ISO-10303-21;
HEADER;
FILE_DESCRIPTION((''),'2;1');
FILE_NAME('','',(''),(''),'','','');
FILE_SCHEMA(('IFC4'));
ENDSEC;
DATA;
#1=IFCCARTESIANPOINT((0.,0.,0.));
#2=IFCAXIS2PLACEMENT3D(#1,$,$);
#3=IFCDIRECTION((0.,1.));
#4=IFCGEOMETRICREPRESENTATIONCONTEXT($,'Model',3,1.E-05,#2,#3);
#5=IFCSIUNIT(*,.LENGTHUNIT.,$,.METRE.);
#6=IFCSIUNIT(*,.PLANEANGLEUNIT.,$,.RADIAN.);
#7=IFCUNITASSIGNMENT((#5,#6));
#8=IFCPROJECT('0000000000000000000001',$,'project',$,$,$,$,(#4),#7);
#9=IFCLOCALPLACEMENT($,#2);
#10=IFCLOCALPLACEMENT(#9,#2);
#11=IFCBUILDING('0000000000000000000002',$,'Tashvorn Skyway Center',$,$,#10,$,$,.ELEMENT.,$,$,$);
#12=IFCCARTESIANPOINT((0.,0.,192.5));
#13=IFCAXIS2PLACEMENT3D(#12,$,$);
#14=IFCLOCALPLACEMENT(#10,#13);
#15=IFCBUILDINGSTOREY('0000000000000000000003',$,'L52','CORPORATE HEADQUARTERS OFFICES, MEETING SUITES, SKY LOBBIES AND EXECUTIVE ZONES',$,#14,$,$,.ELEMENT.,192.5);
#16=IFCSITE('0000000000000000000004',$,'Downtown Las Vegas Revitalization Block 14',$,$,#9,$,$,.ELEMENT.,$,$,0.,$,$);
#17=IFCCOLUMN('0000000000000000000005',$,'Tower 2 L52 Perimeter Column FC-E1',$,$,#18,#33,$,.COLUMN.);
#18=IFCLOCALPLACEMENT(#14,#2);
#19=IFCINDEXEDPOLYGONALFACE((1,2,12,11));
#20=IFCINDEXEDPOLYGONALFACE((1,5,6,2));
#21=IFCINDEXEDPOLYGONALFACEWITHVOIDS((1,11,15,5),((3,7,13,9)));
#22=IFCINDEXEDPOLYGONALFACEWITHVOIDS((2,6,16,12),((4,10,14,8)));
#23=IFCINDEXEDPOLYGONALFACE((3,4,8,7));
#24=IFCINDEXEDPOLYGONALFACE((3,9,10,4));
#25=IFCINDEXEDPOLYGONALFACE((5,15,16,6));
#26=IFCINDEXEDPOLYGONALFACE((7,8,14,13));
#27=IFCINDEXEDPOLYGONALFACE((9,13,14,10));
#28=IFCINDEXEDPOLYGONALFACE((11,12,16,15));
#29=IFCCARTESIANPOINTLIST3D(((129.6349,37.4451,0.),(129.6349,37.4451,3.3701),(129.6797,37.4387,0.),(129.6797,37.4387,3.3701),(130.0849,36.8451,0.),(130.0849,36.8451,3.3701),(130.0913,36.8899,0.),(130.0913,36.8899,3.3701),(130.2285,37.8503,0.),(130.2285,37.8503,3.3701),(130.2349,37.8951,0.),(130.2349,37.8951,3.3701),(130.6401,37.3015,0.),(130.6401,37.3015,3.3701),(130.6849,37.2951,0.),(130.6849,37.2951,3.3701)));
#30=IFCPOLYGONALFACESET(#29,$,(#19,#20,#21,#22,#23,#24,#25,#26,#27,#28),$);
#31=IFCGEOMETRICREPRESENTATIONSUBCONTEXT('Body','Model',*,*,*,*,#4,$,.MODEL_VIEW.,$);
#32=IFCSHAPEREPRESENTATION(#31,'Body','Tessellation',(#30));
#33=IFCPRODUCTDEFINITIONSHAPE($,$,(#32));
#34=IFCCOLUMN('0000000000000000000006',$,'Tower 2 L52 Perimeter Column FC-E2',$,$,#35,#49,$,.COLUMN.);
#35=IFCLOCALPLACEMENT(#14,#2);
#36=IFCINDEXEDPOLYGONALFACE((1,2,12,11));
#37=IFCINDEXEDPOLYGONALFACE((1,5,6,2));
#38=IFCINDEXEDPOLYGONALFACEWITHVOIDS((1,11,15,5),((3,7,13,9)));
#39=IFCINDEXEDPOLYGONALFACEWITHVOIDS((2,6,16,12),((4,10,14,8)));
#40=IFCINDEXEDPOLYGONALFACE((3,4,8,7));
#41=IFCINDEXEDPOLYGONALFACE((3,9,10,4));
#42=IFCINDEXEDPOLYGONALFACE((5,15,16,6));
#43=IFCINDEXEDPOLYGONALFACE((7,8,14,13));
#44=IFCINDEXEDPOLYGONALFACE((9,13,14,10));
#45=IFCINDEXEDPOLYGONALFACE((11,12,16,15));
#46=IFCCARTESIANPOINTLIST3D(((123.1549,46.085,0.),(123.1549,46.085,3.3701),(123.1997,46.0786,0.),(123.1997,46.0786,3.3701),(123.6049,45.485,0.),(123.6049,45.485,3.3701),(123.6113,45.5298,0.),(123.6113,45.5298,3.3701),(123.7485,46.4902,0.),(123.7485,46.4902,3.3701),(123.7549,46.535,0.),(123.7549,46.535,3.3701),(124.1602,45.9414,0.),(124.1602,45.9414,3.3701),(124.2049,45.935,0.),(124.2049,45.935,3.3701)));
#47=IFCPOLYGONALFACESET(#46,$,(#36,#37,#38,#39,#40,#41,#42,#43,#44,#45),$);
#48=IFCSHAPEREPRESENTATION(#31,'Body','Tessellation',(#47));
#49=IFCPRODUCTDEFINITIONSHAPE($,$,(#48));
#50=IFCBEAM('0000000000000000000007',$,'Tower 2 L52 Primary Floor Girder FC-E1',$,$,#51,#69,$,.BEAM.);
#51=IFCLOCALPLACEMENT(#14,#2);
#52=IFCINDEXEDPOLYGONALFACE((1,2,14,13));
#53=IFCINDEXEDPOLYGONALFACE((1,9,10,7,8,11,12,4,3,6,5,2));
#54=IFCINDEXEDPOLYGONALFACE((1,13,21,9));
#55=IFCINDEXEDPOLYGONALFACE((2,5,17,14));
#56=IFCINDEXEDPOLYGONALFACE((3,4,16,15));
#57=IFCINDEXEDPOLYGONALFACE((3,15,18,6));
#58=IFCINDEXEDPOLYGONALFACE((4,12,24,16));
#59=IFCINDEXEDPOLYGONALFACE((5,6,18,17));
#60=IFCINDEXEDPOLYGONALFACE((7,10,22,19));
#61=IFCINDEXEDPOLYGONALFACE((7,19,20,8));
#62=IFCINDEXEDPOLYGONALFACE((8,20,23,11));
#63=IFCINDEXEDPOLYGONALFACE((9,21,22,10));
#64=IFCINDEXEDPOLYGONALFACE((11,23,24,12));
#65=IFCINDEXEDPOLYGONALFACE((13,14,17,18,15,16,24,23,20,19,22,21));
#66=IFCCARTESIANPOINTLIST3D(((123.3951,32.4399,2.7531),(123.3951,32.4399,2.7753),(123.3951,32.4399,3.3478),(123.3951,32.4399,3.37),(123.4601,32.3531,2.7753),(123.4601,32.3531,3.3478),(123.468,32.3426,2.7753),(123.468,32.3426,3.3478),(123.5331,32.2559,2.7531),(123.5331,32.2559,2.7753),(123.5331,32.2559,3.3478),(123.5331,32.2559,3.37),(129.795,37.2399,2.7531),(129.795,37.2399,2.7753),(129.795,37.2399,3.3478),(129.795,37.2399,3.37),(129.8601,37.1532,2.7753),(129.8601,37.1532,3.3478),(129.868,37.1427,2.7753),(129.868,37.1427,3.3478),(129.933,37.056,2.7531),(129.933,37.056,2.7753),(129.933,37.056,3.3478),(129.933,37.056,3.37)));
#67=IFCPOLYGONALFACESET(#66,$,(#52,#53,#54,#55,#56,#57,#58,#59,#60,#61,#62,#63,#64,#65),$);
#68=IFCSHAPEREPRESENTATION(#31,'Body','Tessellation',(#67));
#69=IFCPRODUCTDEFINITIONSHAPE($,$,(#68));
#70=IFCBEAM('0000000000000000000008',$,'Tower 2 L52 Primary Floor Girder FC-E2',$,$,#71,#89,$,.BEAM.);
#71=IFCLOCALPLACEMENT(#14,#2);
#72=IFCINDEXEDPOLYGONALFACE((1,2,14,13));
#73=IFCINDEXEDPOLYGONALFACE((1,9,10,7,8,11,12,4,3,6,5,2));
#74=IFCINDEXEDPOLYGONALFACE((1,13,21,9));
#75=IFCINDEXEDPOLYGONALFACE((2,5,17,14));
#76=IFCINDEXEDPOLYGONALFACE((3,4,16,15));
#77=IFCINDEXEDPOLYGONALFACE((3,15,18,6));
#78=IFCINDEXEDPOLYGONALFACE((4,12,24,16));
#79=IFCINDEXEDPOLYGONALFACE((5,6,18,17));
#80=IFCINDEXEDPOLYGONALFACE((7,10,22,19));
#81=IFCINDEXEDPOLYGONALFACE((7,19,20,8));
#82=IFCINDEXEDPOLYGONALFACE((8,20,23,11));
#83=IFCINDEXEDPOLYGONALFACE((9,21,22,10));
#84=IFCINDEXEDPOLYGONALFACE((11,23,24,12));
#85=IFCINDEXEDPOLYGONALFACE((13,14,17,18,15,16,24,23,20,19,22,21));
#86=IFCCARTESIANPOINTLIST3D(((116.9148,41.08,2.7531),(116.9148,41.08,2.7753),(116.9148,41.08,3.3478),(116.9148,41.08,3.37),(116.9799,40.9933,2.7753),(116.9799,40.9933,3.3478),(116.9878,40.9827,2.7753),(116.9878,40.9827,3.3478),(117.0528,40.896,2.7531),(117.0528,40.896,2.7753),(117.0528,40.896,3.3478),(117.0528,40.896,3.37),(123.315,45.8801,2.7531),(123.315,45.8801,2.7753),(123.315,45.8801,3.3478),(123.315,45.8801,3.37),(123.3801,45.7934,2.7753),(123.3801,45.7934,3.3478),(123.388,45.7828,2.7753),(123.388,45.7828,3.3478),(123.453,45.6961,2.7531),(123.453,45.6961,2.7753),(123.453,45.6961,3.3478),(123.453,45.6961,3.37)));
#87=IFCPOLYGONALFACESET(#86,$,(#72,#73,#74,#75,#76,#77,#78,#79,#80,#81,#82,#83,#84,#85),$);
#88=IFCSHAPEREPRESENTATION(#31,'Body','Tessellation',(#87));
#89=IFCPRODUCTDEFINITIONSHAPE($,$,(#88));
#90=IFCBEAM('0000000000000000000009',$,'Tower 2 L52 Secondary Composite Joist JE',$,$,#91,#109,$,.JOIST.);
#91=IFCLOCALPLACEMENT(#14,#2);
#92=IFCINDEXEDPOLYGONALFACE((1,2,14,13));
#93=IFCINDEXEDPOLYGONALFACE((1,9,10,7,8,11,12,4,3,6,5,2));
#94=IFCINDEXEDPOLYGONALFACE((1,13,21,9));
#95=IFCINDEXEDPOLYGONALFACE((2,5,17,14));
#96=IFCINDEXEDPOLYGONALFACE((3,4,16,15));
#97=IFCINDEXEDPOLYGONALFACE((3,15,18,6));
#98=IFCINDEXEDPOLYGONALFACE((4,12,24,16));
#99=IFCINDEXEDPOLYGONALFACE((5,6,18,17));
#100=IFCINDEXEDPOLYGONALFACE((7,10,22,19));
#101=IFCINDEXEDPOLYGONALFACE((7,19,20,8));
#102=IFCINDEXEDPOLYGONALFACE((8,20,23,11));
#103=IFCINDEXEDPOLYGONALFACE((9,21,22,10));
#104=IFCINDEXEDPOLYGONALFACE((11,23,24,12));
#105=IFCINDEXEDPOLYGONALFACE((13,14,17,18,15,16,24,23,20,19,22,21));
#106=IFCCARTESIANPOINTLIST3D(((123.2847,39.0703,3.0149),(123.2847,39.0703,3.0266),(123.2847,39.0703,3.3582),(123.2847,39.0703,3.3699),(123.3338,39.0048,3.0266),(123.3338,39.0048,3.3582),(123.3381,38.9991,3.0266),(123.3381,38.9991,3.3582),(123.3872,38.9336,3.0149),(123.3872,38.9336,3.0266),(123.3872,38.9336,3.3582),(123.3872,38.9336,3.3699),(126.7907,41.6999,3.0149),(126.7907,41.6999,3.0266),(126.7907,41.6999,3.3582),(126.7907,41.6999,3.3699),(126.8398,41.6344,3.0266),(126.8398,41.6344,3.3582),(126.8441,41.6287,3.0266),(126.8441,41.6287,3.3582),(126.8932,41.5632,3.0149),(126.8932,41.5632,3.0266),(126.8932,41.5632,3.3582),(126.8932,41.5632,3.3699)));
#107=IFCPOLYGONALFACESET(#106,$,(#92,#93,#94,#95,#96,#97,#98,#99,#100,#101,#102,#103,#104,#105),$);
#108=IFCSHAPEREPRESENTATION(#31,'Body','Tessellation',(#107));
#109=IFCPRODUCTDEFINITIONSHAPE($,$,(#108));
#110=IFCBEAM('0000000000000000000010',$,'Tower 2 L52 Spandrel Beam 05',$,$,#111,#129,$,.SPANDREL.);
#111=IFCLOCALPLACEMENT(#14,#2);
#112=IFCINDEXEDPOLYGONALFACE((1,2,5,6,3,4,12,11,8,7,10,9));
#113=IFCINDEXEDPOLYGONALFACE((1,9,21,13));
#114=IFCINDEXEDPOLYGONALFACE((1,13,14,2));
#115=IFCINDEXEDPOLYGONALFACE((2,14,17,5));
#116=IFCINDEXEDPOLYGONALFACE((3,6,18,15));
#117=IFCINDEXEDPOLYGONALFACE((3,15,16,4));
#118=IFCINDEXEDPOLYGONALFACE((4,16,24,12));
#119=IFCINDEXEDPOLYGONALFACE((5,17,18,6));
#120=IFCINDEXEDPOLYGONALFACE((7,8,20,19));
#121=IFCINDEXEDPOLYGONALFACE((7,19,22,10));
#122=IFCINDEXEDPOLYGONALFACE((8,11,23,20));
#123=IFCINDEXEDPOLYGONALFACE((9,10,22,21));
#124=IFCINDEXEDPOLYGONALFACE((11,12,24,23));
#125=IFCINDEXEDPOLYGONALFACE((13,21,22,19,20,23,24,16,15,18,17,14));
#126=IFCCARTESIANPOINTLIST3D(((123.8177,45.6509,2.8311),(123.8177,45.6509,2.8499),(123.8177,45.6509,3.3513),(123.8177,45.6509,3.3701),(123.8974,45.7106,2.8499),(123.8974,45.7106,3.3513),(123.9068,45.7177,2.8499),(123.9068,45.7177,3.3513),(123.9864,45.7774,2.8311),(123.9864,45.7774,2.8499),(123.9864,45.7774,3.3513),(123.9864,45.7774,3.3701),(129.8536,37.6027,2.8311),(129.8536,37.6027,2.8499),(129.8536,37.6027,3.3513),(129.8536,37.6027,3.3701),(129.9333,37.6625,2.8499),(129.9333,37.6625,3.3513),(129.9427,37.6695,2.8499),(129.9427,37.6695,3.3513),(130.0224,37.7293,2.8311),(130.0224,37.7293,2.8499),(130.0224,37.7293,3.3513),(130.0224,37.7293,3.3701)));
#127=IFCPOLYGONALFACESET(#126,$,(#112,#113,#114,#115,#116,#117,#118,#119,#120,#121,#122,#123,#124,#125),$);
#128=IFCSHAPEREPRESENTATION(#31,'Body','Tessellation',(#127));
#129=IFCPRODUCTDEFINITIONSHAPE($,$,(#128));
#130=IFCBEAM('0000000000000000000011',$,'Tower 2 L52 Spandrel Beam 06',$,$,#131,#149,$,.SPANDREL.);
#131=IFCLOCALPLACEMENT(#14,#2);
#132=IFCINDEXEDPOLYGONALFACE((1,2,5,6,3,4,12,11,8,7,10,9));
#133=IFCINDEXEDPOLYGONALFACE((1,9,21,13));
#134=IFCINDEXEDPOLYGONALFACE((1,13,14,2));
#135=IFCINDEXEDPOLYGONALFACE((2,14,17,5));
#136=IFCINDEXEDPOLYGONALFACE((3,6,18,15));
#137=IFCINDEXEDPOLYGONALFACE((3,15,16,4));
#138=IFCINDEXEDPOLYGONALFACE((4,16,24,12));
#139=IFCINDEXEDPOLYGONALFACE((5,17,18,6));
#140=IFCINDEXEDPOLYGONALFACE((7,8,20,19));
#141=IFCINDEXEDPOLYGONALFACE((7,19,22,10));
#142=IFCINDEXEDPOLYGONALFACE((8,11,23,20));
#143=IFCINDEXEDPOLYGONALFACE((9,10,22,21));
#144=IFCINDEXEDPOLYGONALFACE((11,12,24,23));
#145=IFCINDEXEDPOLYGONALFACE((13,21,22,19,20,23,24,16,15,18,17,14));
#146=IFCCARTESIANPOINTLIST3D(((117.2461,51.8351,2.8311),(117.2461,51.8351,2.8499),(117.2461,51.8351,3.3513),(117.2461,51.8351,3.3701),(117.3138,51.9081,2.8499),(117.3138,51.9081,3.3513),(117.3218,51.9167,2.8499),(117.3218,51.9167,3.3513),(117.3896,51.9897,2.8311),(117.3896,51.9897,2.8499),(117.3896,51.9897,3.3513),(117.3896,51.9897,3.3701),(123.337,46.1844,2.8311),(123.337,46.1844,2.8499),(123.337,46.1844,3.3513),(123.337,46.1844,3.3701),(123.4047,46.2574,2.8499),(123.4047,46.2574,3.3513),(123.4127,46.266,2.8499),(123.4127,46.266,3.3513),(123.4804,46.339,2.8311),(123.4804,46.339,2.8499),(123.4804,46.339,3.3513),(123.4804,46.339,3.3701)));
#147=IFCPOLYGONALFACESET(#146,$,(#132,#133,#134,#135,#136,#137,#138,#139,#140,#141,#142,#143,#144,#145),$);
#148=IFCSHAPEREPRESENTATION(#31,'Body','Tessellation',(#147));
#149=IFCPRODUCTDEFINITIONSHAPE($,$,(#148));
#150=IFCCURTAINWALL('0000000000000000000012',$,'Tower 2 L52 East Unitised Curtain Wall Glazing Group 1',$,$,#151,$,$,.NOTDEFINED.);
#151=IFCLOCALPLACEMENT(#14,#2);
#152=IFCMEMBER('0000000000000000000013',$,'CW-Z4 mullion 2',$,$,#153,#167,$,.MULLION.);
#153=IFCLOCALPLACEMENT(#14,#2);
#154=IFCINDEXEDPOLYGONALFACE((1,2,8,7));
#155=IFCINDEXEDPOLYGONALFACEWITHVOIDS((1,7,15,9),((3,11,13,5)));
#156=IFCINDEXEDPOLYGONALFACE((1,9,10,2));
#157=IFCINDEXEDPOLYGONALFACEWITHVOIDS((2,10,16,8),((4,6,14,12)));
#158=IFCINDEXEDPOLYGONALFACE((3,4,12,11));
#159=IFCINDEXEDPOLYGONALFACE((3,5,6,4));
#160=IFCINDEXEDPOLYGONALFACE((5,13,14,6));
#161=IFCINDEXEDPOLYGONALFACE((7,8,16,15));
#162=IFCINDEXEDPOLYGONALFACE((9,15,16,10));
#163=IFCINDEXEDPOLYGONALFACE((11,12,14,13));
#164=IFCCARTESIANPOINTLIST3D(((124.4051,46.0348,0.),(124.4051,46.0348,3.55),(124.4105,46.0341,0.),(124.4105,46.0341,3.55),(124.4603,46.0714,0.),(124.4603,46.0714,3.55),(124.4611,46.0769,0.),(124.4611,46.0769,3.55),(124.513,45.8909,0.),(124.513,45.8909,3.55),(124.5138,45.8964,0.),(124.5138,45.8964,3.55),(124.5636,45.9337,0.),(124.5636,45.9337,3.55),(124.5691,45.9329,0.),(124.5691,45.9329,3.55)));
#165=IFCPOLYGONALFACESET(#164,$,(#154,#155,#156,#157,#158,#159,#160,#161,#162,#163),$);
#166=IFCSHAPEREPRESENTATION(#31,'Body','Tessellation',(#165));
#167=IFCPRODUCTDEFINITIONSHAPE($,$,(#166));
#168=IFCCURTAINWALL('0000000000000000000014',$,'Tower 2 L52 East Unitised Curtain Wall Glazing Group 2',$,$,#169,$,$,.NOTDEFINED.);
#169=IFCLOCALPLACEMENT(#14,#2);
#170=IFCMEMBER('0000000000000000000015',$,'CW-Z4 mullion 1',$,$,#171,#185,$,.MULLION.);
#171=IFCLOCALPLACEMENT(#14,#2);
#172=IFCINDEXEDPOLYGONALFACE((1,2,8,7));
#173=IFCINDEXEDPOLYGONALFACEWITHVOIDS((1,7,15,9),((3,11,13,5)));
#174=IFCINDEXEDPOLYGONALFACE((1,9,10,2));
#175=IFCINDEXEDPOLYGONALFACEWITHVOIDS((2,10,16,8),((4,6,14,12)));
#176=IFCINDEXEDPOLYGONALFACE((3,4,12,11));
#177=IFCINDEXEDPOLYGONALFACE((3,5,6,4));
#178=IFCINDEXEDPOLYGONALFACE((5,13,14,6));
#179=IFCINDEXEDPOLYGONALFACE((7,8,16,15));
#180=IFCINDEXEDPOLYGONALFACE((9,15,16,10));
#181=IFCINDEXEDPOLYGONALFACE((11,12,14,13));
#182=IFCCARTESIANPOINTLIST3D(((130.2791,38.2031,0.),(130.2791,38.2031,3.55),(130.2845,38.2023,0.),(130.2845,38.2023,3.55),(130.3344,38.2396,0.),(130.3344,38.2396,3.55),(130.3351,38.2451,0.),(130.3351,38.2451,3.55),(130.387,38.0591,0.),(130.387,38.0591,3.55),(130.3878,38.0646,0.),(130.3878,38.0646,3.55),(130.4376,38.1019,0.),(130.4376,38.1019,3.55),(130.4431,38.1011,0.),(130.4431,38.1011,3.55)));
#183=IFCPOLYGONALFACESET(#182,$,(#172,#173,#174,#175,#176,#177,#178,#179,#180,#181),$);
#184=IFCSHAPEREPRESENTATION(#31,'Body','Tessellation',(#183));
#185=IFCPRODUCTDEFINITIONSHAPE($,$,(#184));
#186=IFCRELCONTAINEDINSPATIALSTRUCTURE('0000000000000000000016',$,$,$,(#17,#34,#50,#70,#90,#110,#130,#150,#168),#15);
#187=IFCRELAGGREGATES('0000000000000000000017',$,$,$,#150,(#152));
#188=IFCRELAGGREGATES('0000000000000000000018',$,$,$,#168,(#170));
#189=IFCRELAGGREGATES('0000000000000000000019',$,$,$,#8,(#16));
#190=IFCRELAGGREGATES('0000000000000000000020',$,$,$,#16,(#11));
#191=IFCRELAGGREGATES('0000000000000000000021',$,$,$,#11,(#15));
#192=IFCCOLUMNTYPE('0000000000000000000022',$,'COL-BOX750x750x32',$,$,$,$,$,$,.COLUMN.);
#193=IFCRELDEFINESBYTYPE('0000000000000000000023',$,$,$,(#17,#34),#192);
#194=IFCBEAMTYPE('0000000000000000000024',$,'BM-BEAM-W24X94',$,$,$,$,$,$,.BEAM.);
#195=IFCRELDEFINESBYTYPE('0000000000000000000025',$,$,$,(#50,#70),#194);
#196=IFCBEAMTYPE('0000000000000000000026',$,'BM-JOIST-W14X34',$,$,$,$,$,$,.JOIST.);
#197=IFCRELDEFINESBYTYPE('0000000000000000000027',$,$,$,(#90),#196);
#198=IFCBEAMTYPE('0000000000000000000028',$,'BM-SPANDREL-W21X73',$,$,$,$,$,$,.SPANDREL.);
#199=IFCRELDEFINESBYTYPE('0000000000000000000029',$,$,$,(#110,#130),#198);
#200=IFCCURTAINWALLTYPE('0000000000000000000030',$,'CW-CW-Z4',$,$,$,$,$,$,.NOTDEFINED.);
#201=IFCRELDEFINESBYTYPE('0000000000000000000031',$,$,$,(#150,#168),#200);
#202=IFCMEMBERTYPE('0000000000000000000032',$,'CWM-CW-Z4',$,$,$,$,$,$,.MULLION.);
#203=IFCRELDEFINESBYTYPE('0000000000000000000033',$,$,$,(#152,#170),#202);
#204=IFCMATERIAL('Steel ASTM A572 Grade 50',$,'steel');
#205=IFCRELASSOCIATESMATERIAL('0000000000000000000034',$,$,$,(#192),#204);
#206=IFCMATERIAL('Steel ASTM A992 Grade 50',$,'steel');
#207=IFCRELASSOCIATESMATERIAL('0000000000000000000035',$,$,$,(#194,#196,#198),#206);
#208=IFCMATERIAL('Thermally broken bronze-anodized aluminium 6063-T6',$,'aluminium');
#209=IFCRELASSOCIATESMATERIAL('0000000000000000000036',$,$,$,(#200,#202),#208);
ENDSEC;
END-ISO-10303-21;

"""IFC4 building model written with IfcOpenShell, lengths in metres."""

from ifc_helpers import new_model, si_unit, direction, frame, origin, origin_2d, place, context, subcontext, project, spatial, hollow_rectangle, i_section, extrude, material, material_profile, profile_set, type_object, element, aggregate, save


model = new_model("IFC4")

# Units and contexts
model_context = context("Model", 3, precision=1e-05, world=origin(), true_north=direction((0.0, 1.0)))
body_context = subcontext(model_context, "Body", "Model", "MODEL_VIEW")
ifc_project = project(units=[si_unit("LENGTHUNIT", "METRE"), si_unit("PLANEANGLEUNIT", "RADIAN")], contexts=[model_context])

# Site, building, storey
site_placement = place(None, origin())
site = spatial("IfcSite", under=ifc_project, at=site_placement, Name="Downtown Las Vegas Revitalization Block 14", CompositionType="ELEMENT", RefElevation=0.0)
building_placement = place(site_placement, origin())
building = spatial("IfcBuilding", under=site, at=building_placement, Name="Tashvorn Skyway Center", CompositionType="ELEMENT")
storey_placement = place(building_placement, frame((0.0, 0.0, 192.5)))
storey = spatial("IfcBuildingStorey", under=building, at=storey_placement, Name="L52", Description="CORPORATE HEADQUARTERS OFFICES, MEETING SUITES, SKY LOBBIES AND EXECUTIVE ZONES", CompositionType="ELEMENT", Elevation=192.5)

# Columns
ifc_material_1 = material(Name="Steel ASTM A572 Grade 50", Category="steel")
ifc_material_profile_1 = material_profile(ifc_material_1, hollow_rectangle(XDim=0.75, YDim=0.75, WallThickness=0.032, at=origin_2d()), Name="BOX750x750x32")
ifc_profile_set_1 = profile_set([ifc_material_profile_1], Name="Steel ASTM A572 Grade 50")
column_type = type_object("IfcColumnType", Name="COL-BOX750x750x32", PredefinedType="COLUMN", material=ifc_profile_set_1)
for number, where, z_axis, x_axis, name in (
    (1, (130.1599, 37.3701, 0.0), (0.0, 0.0, 1.0), (0.8, 0.6, 0.0), "Tower 2 L52 Perimeter Column FC-E1"),
    (2, (123.6799, 46.01, 0.0), (0.0, 0.0, 1.0), (0.8, 0.6, 0.0), "Tower 2 L52 Perimeter Column FC-E2"),
):
    element("IfcColumn", number, at=place(storey_placement, frame(where, z_axis=z_axis, x_axis=x_axis)), inside=storey, type_object=column_type, Name=name, PredefinedType="COLUMN", context=body_context, shape_type="SweptSolid", body=[
        extrude(hollow_rectangle(XDim=0.75, YDim=0.75, WallThickness=0.032, at=origin_2d()), origin(), (0.0, 0.0, 1.0), 3.3701),
    ])

# Beams
ifc_material_2 = material(Name="Steel ASTM A992 Grade 50", Category="steel")
ifc_material_profile_2 = material_profile(ifc_material_2, i_section(OverallWidth=0.23, OverallDepth=0.6169, WebThickness=0.0132, FlangeThickness=0.0222, at=origin_2d()), Name="W24X94")
ifc_profile_set_2 = profile_set([ifc_material_profile_2], Name="Steel ASTM A992 Grade 50")
beam_type_1 = type_object("IfcBeamType", Name="BM-BEAM-W24X94", PredefinedType="BEAM", material=ifc_profile_set_2)
beam_1_placement = place(storey_placement, frame((129.864, 37.1479, 3.0615), z_axis=(-0.799993, -0.60001, 0.0), x_axis=(0.60001, -0.799993, 0.0)))
element("IfcBeam", 3, at=beam_1_placement, inside=storey, type_object=beam_type_1, Name="Tower 2 L52 Primary Floor Girder FC-E1", PredefinedType="BEAM", context=body_context, shape_type="SweptSolid", body=[
    extrude(i_section(OverallWidth=0.23, OverallDepth=0.6169, WebThickness=0.0132, FlangeThickness=0.0222, at=origin_2d()), origin(), (0.0, 0.0, 1.0), 8.0),
])
beam_2_placement = place(storey_placement, frame((123.384, 45.7881, 3.0615), z_axis=(-0.800004, -0.599995, 0.0), x_axis=(0.599995, -0.800004, 0.0)))
element("IfcBeam", 4, at=beam_2_placement, inside=storey, type_object=beam_type_1, Name="Tower 2 L52 Primary Floor Girder FC-E2", PredefinedType="BEAM", context=body_context, shape_type="SweptSolid", body=[
    extrude(i_section(OverallWidth=0.23, OverallDepth=0.6169, WebThickness=0.0132, FlangeThickness=0.0222, at=origin_2d()), origin(), (0.0, 0.0, 1.0), 8.0002),
])
ifc_material_profile_3 = material_profile(ifc_material_2, i_section(OverallWidth=0.1709, OverallDepth=0.355, WebThickness=0.0071, FlangeThickness=0.0117, at=origin_2d()), Name="W14X34")
ifc_profile_set_3 = profile_set([ifc_material_profile_3], Name="Steel ASTM A992 Grade 50")
beam_type_2 = type_object("IfcBeamType", Name="BM-JOIST-W14X34", PredefinedType="JOIST", material=ifc_profile_set_3)
beam_3_placement = place(storey_placement, frame((123.3359, 39.002, 3.1924), z_axis=(0.799993, 0.600009, 0.0), x_axis=(-0.600009, 0.799993, 0.0)))
element("IfcBeam", 5, at=beam_3_placement, inside=storey, type_object=beam_type_2, Name="Tower 2 L52 Secondary Composite Joist JE", PredefinedType="JOIST", context=body_context, shape_type="SweptSolid", body=[
    extrude(i_section(OverallWidth=0.1709, OverallDepth=0.355, WebThickness=0.0071, FlangeThickness=0.0117, at=origin_2d()), origin(), (0.0, 0.0, 1.0), 4.3826),
])
ifc_material_profile_4 = material_profile(ifc_material_2, i_section(OverallWidth=0.2109, OverallDepth=0.5391, WebThickness=0.0117, FlangeThickness=0.0188, at=origin_2d()), Name="W21X73")
ifc_profile_set_4 = profile_set([ifc_material_profile_4], Name="Steel ASTM A992 Grade 50")
beam_type_3 = type_object("IfcBeamType", Name="BM-SPANDREL-W21X73", PredefinedType="SPANDREL", material=ifc_profile_set_4)
beam_4_placement = place(storey_placement, frame((129.938, 37.666, 3.1006), z_axis=(-0.599988, 0.800009, 0.0), x_axis=(-0.800009, -0.599988, 0.0)))
element("IfcBeam", 6, at=beam_4_placement, inside=storey, type_object=beam_type_3, Name="Tower 2 L52 Spandrel Beam 05", PredefinedType="SPANDREL", context=body_context, shape_type="SweptSolid", body=[
    extrude(i_section(OverallWidth=0.2109, OverallDepth=0.5391, WebThickness=0.0117, FlangeThickness=0.0188, at=origin_2d()), origin(), (0.0, 0.0, 1.0), 10.0601),
])
beam_5_placement = place(storey_placement, frame((123.4087, 46.2617, 3.1006), z_axis=(-0.733101, 0.68012, 0.0), x_axis=(-0.68012, -0.733101, 0.0)))
element("IfcBeam", 7, at=beam_5_placement, inside=storey, type_object=beam_type_3, Name="Tower 2 L52 Spandrel Beam 06", PredefinedType="SPANDREL", context=body_context, shape_type="SweptSolid", body=[
    extrude(i_section(OverallWidth=0.2109, OverallDepth=0.5391, WebThickness=0.0117, FlangeThickness=0.0188, at=origin_2d()), origin(), (0.0, 0.0, 1.0), 8.3083),
])

# Curtain wall, member
ifc_material_3 = material(Name="Thermally broken bronze-anodized aluminium 6063-T6", Category="aluminium")
curtain_wall_type = type_object("IfcCurtainWallType", Name="CW-CW-Z4", PredefinedType="NOTDEFINED", material=ifc_material_3)
curtain_wall_1_placement = place(storey_placement, origin())
curtain_wall_1 = element("IfcCurtainWall", 8, at=curtain_wall_1_placement, inside=storey, type_object=curtain_wall_type, Name="Tower 2 L52 East Unitised Curtain Wall Glazing Group 1", PredefinedType="NOTDEFINED")
ifc_material_profile_5 = material_profile(ifc_material_3, hollow_rectangle(XDim=0.0701, YDim=0.1799, WallThickness=0.0039, at=origin_2d()), Name="ALU-MULL-70x180")
ifc_profile_set_5 = profile_set([ifc_material_profile_5], Name="Thermally broken bronze-anodized aluminium 6063-T6")
member_type_1 = type_object("IfcMemberType", Name="CWM-CW-Z4", PredefinedType="MULLION", material=ifc_profile_set_5)
member_1_placement = place(storey_placement, frame((124.4871, 45.9839, 0.0), z_axis=(0.0, 0.0, 1.0), x_axis=(0.8, 0.6, 0.0)))
member_1 = element("IfcMember", 9, at=member_1_placement, type_object=member_type_1, Name="CW-Z4 mullion 2", PredefinedType="MULLION", context=body_context, shape_type="SweptSolid", body=[
    extrude(hollow_rectangle(XDim=0.0701, YDim=0.1799, WallThickness=0.0039, at=origin_2d()), origin(), (0.0, 0.0, 1.0), 3.55),
])

# Curtain wall, member
curtain_wall_2_placement = place(storey_placement, origin())
curtain_wall_2 = element("IfcCurtainWall", 10, at=curtain_wall_2_placement, inside=storey, type_object=curtain_wall_type, Name="Tower 2 L52 East Unitised Curtain Wall Glazing Group 2", PredefinedType="NOTDEFINED")
member_2_placement = place(storey_placement, frame((130.3611, 38.1521, 0.0), z_axis=(0.0, 0.0, 1.0), x_axis=(0.8, 0.6, 0.0)))
member_2 = element("IfcMember", 11, at=member_2_placement, type_object=member_type_1, Name="CW-Z4 mullion 1", PredefinedType="MULLION", context=body_context, shape_type="SweptSolid", body=[
    extrude(hollow_rectangle(XDim=0.0701, YDim=0.1799, WallThickness=0.0039, at=origin_2d()), origin(), (0.0, 0.0, 1.0), 3.55),
])

aggregate(curtain_wall_1, [member_1])
aggregate(curtain_wall_2, [member_2])

save(model, "model.ifc")
